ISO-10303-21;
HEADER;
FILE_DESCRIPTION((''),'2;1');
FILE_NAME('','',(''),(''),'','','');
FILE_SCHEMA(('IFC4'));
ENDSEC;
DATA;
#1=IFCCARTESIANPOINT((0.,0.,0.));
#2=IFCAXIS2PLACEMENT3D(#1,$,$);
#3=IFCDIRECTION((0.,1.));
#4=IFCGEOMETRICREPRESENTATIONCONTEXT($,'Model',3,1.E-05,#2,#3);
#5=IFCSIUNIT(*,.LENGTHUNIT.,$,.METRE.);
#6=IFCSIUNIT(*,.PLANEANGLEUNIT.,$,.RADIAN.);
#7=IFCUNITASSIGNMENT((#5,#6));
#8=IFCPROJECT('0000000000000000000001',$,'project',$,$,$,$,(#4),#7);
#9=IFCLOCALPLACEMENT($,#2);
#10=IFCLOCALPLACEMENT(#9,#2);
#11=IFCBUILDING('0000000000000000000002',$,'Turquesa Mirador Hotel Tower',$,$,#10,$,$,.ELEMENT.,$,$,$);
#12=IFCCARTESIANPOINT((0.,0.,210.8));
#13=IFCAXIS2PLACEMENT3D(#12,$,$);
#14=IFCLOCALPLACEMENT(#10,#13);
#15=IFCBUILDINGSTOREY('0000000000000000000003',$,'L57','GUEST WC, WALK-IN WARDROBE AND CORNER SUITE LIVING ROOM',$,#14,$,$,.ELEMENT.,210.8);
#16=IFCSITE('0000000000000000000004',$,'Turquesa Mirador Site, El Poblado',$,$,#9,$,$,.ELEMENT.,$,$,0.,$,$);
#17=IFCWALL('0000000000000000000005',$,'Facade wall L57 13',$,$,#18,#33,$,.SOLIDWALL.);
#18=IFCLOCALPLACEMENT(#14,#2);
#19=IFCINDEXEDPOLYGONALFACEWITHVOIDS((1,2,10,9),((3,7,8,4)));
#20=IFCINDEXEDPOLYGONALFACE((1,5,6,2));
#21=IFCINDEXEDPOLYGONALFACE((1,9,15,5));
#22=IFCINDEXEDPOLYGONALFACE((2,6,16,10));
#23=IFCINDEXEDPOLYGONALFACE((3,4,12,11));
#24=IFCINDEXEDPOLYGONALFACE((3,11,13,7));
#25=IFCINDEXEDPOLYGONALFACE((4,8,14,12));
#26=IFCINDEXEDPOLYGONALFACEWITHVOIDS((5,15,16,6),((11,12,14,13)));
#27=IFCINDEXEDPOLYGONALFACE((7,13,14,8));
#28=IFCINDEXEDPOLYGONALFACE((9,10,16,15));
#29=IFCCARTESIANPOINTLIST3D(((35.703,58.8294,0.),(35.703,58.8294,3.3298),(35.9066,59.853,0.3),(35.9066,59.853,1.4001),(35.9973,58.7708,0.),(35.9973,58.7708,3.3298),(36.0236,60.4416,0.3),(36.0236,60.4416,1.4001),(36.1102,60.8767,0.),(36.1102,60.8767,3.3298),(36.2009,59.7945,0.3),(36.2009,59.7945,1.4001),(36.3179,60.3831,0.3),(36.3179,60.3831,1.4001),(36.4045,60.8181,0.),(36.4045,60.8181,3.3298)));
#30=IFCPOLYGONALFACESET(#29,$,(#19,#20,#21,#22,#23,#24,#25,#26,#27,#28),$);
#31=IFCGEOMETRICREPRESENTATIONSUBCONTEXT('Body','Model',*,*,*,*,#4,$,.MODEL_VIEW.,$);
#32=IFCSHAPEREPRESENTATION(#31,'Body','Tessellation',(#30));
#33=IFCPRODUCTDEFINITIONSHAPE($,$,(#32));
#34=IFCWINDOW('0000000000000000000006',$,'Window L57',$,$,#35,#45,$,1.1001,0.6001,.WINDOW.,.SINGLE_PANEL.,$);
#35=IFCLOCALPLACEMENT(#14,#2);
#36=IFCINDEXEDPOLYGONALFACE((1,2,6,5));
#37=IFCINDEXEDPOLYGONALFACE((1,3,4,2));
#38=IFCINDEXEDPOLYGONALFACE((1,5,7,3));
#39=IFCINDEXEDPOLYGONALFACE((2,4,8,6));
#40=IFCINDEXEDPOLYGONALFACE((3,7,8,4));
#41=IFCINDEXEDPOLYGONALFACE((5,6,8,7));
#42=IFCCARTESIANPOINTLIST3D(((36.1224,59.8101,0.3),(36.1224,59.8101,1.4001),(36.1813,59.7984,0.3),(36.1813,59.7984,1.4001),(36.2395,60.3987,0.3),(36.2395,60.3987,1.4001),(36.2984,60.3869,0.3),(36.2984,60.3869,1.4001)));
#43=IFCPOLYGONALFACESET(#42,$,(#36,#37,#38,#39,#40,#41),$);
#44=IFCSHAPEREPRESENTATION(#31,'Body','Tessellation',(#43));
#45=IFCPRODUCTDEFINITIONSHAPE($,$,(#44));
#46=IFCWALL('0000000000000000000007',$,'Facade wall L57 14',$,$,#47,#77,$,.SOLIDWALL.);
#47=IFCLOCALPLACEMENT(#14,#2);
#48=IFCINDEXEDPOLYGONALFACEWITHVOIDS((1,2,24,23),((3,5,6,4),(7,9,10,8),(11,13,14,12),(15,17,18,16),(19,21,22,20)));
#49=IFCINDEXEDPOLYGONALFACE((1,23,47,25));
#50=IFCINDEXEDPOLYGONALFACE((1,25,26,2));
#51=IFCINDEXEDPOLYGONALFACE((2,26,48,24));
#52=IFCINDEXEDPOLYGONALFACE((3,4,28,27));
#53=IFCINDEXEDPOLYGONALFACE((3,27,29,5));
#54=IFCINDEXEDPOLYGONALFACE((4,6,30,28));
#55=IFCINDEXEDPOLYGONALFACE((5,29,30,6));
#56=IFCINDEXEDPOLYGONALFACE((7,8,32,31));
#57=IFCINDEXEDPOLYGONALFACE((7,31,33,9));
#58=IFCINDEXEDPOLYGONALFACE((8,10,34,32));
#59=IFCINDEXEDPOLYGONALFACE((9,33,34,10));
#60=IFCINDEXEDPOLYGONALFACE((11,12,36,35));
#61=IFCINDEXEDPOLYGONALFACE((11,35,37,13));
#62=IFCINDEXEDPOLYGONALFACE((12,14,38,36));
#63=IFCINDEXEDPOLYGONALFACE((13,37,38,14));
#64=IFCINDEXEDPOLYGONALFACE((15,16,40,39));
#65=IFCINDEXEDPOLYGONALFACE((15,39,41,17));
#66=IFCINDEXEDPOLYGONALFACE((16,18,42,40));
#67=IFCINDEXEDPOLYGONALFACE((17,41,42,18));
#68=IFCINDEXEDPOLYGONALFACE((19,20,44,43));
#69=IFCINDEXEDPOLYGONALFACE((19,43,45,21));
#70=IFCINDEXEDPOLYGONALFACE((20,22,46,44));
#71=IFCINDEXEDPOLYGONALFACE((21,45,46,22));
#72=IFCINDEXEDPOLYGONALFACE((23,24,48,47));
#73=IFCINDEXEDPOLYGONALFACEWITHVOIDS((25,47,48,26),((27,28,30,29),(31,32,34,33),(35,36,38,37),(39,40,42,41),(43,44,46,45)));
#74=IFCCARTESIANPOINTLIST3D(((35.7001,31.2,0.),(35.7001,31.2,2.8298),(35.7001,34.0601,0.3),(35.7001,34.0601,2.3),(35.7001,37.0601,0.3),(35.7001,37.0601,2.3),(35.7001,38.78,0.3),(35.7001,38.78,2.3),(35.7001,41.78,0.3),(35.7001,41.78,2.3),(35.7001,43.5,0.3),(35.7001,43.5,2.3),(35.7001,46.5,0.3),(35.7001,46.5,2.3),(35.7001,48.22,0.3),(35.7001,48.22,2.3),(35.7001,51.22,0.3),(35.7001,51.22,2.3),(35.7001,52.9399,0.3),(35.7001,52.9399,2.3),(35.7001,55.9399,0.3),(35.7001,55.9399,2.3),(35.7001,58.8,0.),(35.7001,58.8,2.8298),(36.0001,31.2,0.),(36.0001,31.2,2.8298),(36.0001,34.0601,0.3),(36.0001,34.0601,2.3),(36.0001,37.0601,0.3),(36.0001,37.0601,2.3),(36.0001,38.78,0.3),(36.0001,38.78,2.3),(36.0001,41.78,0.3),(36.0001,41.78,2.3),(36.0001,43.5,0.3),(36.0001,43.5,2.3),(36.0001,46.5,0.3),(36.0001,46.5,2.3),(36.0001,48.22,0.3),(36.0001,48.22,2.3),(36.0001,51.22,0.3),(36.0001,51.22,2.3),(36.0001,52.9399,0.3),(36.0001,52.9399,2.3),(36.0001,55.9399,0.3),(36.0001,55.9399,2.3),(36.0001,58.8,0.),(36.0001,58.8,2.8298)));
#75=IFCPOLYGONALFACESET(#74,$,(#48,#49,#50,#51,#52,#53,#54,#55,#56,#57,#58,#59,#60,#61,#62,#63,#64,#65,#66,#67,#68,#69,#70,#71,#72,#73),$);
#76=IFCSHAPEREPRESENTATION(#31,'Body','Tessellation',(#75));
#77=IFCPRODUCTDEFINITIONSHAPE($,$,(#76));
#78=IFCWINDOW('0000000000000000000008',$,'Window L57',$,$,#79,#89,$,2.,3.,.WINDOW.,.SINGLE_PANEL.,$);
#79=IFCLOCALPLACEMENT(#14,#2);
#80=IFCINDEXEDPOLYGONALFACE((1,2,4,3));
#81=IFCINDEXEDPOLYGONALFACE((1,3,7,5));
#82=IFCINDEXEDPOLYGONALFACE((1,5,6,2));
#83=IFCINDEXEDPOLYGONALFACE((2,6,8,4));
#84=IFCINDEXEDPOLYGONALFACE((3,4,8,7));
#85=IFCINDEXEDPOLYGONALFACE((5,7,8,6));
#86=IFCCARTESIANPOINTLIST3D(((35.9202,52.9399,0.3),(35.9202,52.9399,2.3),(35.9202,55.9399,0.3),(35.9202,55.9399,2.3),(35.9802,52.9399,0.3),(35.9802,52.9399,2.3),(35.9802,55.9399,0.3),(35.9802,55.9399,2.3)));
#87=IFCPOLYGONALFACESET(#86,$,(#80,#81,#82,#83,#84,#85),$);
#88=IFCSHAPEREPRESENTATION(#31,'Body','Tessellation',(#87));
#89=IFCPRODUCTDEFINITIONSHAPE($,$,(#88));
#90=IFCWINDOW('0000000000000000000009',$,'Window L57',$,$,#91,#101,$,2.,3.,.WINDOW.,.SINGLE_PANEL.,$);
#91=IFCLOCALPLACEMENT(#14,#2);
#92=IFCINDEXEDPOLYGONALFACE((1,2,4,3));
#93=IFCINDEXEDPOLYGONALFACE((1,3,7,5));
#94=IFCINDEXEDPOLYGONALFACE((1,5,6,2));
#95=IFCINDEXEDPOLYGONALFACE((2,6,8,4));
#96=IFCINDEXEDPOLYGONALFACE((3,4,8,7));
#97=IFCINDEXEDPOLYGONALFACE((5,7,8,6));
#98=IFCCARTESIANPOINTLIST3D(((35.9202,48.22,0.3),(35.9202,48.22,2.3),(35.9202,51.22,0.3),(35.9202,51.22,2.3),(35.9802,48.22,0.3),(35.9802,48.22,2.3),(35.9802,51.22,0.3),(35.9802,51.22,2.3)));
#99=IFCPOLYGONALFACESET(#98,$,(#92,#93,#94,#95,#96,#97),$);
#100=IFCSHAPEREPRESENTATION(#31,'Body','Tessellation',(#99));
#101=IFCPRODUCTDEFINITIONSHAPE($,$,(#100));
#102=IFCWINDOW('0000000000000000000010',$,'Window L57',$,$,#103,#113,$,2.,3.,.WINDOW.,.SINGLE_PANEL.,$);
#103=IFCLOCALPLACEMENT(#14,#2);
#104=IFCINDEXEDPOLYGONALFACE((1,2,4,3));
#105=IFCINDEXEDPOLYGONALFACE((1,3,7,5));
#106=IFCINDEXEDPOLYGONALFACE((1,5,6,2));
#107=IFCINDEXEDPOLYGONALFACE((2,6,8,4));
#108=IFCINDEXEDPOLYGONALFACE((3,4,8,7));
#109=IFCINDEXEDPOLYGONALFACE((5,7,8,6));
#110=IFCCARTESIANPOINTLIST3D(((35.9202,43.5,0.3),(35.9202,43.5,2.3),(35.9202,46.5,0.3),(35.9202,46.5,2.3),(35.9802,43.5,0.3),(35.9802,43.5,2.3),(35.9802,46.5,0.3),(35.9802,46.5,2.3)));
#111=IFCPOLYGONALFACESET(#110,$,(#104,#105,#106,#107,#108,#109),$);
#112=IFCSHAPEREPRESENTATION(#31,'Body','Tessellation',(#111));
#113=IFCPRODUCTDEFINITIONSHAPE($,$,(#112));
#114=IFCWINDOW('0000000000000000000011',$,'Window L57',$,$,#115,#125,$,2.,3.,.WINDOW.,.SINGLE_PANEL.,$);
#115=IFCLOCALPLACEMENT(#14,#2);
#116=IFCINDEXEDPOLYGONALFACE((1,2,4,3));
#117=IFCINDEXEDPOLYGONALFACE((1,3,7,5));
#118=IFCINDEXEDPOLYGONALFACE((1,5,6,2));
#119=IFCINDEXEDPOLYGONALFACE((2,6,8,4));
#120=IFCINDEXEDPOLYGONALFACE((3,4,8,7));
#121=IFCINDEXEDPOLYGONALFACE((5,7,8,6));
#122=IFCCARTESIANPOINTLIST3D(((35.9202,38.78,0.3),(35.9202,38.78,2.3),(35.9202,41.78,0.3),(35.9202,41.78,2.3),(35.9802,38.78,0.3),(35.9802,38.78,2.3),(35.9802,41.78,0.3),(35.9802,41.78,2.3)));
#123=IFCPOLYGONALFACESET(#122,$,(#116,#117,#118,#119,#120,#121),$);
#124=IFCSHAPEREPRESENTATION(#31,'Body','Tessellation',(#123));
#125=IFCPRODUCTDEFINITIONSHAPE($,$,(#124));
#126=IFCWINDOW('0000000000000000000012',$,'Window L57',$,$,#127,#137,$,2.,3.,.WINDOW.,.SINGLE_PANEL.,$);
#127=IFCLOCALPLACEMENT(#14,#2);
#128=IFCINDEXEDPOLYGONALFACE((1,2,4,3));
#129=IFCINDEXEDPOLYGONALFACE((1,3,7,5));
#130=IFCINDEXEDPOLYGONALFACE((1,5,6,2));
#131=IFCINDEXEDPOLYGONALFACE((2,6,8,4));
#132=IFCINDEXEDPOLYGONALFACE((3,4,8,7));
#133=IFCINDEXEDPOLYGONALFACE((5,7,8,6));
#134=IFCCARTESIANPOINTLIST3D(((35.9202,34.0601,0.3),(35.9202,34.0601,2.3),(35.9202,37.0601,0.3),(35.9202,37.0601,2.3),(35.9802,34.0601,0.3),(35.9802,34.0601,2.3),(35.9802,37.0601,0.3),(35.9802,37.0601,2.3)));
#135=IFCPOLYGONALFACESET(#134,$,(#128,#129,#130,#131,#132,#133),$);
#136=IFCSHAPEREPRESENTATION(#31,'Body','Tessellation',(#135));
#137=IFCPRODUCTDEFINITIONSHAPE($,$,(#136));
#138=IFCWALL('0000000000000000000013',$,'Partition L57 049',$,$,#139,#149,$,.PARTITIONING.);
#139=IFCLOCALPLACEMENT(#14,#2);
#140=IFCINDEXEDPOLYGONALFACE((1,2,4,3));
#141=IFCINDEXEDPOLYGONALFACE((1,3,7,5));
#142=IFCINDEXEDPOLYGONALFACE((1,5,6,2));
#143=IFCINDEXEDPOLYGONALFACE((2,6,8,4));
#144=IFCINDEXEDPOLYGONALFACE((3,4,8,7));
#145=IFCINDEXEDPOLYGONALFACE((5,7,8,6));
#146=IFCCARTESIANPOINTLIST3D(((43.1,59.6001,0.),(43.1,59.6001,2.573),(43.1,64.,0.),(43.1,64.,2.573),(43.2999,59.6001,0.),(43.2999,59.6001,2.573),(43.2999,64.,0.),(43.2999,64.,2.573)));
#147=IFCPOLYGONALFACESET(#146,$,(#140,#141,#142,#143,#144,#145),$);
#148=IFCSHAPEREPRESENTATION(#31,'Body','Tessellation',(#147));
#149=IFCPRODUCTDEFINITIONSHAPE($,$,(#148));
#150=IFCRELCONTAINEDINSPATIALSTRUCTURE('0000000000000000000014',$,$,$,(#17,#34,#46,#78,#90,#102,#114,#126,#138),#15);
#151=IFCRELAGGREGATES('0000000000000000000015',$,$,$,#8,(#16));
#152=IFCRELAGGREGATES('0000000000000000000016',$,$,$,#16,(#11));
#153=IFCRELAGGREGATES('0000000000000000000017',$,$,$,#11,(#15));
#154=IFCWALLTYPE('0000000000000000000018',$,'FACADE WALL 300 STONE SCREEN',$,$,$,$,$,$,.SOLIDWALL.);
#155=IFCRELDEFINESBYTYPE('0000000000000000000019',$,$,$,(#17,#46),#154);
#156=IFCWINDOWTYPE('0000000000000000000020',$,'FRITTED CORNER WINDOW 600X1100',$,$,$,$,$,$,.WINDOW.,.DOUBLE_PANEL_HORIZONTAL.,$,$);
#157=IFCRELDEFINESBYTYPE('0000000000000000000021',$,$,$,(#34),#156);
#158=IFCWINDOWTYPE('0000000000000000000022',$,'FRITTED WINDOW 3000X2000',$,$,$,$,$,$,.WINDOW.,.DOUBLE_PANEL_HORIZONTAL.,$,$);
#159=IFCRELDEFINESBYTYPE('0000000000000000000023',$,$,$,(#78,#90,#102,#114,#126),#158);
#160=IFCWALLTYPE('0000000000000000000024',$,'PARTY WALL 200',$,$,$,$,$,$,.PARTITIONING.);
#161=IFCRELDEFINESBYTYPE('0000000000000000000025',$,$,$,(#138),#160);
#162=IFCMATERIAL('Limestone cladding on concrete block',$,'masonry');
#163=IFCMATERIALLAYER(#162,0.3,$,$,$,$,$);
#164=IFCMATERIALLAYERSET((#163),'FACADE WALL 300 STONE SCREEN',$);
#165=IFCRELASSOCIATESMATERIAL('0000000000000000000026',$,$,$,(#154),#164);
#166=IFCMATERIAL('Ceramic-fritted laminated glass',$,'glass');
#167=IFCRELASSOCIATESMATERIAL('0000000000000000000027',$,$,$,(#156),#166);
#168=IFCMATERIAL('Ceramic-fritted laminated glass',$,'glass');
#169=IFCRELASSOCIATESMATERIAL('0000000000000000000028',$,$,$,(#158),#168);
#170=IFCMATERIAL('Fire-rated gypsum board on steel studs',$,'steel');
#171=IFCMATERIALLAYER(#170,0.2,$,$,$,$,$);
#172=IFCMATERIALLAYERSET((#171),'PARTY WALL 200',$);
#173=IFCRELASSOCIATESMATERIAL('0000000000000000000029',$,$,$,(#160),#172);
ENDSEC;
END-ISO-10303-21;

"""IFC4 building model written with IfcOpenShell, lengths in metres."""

from ifc_helpers import new_model, si_unit, direction, frame, frame_2d, origin, place, context, subcontext, project, spatial, rectangle, extrude, material, layer, layer_set, type_object, element, fill, save


model = new_model("IFC4")

# Units and contexts
model_context = context("Model", 3, precision=1e-05, world=origin(), true_north=direction((0.0, 1.0)))
body_context = subcontext(model_context, "Body", "Model", "MODEL_VIEW")
ifc_project = project(units=[si_unit("LENGTHUNIT", "METRE"), si_unit("PLANEANGLEUNIT", "RADIAN")], contexts=[model_context])

# Site, building, storey
site_placement = place(None, origin())
site = spatial("IfcSite", under=ifc_project, at=site_placement, Name="Turquesa Mirador Site, El Poblado", CompositionType="ELEMENT", RefElevation=0.0)
building_placement = place(site_placement, origin())
building = spatial("IfcBuilding", under=site, at=building_placement, Name="Turquesa Mirador Hotel Tower", CompositionType="ELEMENT")
storey_placement = place(building_placement, frame((0.0, 0.0, 210.8)))
storey = spatial("IfcBuildingStorey", under=building, at=storey_placement, Name="L57", Description="GUEST WC, WALK-IN WARDROBE AND CORNER SUITE LIVING ROOM", CompositionType="ELEMENT", Elevation=210.8)

# Wall, opening, window
ifc_material_1 = material(Name="Limestone cladding on concrete block", Category="masonry")
ifc_layer_1 = layer(ifc_material_1, 0.3)
ifc_layer_set_1 = layer_set([ifc_layer_1], Name="FACADE WALL 300 STONE SCREEN")
wall_type_1 = type_object("IfcWallType", Name="FACADE WALL 300 STONE SCREEN", PredefinedType="SOLIDWALL", material=ifc_layer_set_1)
ifc_material_2 = material(Name="Ceramic-fritted laminated glass", Category="glass")
window_type_1 = type_object("IfcWindowType", Name="FRITTED CORNER WINDOW 600X1100", PartitioningType="DOUBLE_PANEL_HORIZONTAL", PredefinedType="WINDOW", material=ifc_material_2)
wall_1_placement = place(storey_placement, frame((36.2573, 60.8474, 0.0), z_axis=(0.0, 0.0, 1.0), x_axis=(-0.195081, -0.980787, 0.0)))
wall_1 = element("IfcWall", 1, at=wall_1_placement, inside=storey, type_object=wall_type_1, Name="Facade wall L57 13", PredefinedType="SOLIDWALL", context=body_context, shape_type="SweptSolid", body=[
    extrude(rectangle(XDim=2.0874, YDim=0.3, at=frame_2d((1.0437, 0.0))), origin(), (0.0, 0.0, 1.0), 3.3298),
])
opening_1_placement = place(wall_1_placement, frame((0.4436, 0.0, 0.3)))
opening_1 = element("IfcOpeningElement", 2, at=opening_1_placement, cuts=wall_1, PredefinedType="OPENING", context=body_context, shape_type="SweptSolid", body=[
    extrude(rectangle(XDim=0.6001, YDim=1.1001, at=frame_2d((0.3, 0.55))), frame((0.0, 0.1599, 0.0), z_axis=(0.0, -1.0, 0.0), x_axis=(1.0, 0.0, 0.0)), (0.0, 0.0, 1.0), 0.3201),
])
window_1_placement = place(opening_1_placement, origin())
window_1 = element("IfcWindow", 3, at=window_1_placement, inside=storey, type_object=window_type_1, Name="Window L57", OverallHeight=1.1001, OverallWidth=0.6001, PartitioningType="SINGLE_PANEL", PredefinedType="WINDOW", context=body_context, shape_type="SweptSolid", body=[
    extrude(rectangle(XDim=0.6001, YDim=1.1001, at=frame_2d((0.3, 0.55))), frame((0.0, 0.1301, 0.0), z_axis=(0.0, -1.0, 0.0), x_axis=(1.0, 0.0, 0.0)), (0.0, 0.0, 1.0), 0.0601),
])
fill(opening_1, window_1)

# Wall, openings, windows
wall_2_placement = place(storey_placement, frame((35.8501, 58.8, 0.0), z_axis=(0.0, 0.0, 1.0), x_axis=(0.0, -1.0, 0.0)))
wall_2 = element("IfcWall", 4, at=wall_2_placement, inside=storey, type_object=wall_type_1, Name="Facade wall L57 14", PredefinedType="SOLIDWALL", context=body_context, shape_type="SweptSolid", body=[
    extrude(rectangle(XDim=27.6001, YDim=0.3, at=frame_2d((13.8, 0.0))), origin(), (0.0, 0.0, 1.0), 2.8298),
])
opening_2_placement = place(wall_2_placement, frame((2.8601, 0.0, 0.3)))
opening_2 = element("IfcOpeningElement", 5, at=opening_2_placement, cuts=wall_2, PredefinedType="OPENING", context=body_context, shape_type="SweptSolid", body=[
    extrude(rectangle(XDim=3.0, YDim=2.0, at=frame_2d((1.5, 1.0))), frame((0.0, 0.1599, 0.0), z_axis=(0.0, -1.0, 0.0), x_axis=(1.0, 0.0, 0.0)), (0.0, 0.0, 1.0), 0.3201),
])
opening_3_placement = place(wall_2_placement, frame((7.5801, 0.0, 0.3)))
opening_3 = element("IfcOpeningElement", 6, at=opening_3_placement, cuts=wall_2, PredefinedType="OPENING", context=body_context, shape_type="SweptSolid", body=[
    extrude(rectangle(XDim=3.0, YDim=2.0, at=frame_2d((1.5, 1.0))), frame((0.0, 0.1599, 0.0), z_axis=(0.0, -1.0, 0.0), x_axis=(1.0, 0.0, 0.0)), (0.0, 0.0, 1.0), 0.3201),
])
opening_4_placement = place(wall_2_placement, frame((12.3, 0.0, 0.3)))
opening_4 = element("IfcOpeningElement", 7, at=opening_4_placement, cuts=wall_2, PredefinedType="OPENING", context=body_context, shape_type="SweptSolid", body=[
    extrude(rectangle(XDim=3.0, YDim=2.0, at=frame_2d((1.5, 1.0))), frame((0.0, 0.1599, 0.0), z_axis=(0.0, -1.0, 0.0), x_axis=(1.0, 0.0, 0.0)), (0.0, 0.0, 1.0), 0.3201),
])
opening_5_placement = place(wall_2_placement, frame((17.02, 0.0, 0.3)))
opening_5 = element("IfcOpeningElement", 8, at=opening_5_placement, cuts=wall_2, PredefinedType="OPENING", context=body_context, shape_type="SweptSolid", body=[
    extrude(rectangle(XDim=3.0, YDim=2.0, at=frame_2d((1.5, 1.0))), frame((0.0, 0.1599, 0.0), z_axis=(0.0, -1.0, 0.0), x_axis=(1.0, 0.0, 0.0)), (0.0, 0.0, 1.0), 0.3201),
])
opening_6_placement = place(wall_2_placement, frame((21.74, 0.0, 0.3)))
opening_6 = element("IfcOpeningElement", 9, at=opening_6_placement, cuts=wall_2, PredefinedType="OPENING", context=body_context, shape_type="SweptSolid", body=[
    extrude(rectangle(XDim=3.0, YDim=2.0, at=frame_2d((1.5, 1.0))), frame((0.0, 0.1599, 0.0), z_axis=(0.0, -1.0, 0.0), x_axis=(1.0, 0.0, 0.0)), (0.0, 0.0, 1.0), 0.3201),
])
ifc_material_3 = material(Name="Ceramic-fritted laminated glass", Category="glass")
window_type_2 = type_object("IfcWindowType", Name="FRITTED WINDOW 3000X2000", PartitioningType="DOUBLE_PANEL_HORIZONTAL", PredefinedType="WINDOW", material=ifc_material_3)
window_2_placement = place(opening_2_placement, origin())
window_2 = element("IfcWindow", 10, at=window_2_placement, inside=storey, type_object=window_type_2, Name="Window L57", OverallHeight=2.0, OverallWidth=3.0, PartitioningType="SINGLE_PANEL", PredefinedType="WINDOW", context=body_context, shape_type="SweptSolid", body=[
    extrude(rectangle(XDim=3.0, YDim=2.0, at=frame_2d((1.5, 1.0))), frame((0.0, 0.1301, 0.0), z_axis=(0.0, -1.0, 0.0), x_axis=(1.0, 0.0, 0.0)), (0.0, 0.0, 1.0), 0.0601),
])
fill(opening_2, window_2)
window_3_placement = place(opening_3_placement, origin())
window_3 = element("IfcWindow", 11, at=window_3_placement, inside=storey, type_object=window_type_2, Name="Window L57", OverallHeight=2.0, OverallWidth=3.0, PartitioningType="SINGLE_PANEL", PredefinedType="WINDOW", context=body_context, shape_type="SweptSolid", body=[
    extrude(rectangle(XDim=3.0, YDim=2.0, at=frame_2d((1.5, 1.0))), frame((0.0, 0.1301, 0.0), z_axis=(0.0, -1.0, 0.0), x_axis=(1.0, 0.0, 0.0)), (0.0, 0.0, 1.0), 0.0601),
])
fill(opening_3, window_3)
window_4_placement = place(opening_4_placement, origin())
window_4 = element("IfcWindow", 12, at=window_4_placement, inside=storey, type_object=window_type_2, Name="Window L57", OverallHeight=2.0, OverallWidth=3.0, PartitioningType="SINGLE_PANEL", PredefinedType="WINDOW", context=body_context, shape_type="SweptSolid", body=[
    extrude(rectangle(XDim=3.0, YDim=2.0, at=frame_2d((1.5, 1.0))), frame((0.0, 0.1301, 0.0), z_axis=(0.0, -1.0, 0.0), x_axis=(1.0, 0.0, 0.0)), (0.0, 0.0, 1.0), 0.0601),
])
fill(opening_4, window_4)
window_5_placement = place(opening_5_placement, origin())
window_5 = element("IfcWindow", 13, at=window_5_placement, inside=storey, type_object=window_type_2, Name="Window L57", OverallHeight=2.0, OverallWidth=3.0, PartitioningType="SINGLE_PANEL", PredefinedType="WINDOW", context=body_context, shape_type="SweptSolid", body=[
    extrude(rectangle(XDim=3.0, YDim=2.0, at=frame_2d((1.5, 1.0))), frame((0.0, 0.1301, 0.0), z_axis=(0.0, -1.0, 0.0), x_axis=(1.0, 0.0, 0.0)), (0.0, 0.0, 1.0), 0.0601),
])
fill(opening_5, window_5)
window_6_placement = place(opening_6_placement, origin())
window_6 = element("IfcWindow", 14, at=window_6_placement, inside=storey, type_object=window_type_2, Name="Window L57", OverallHeight=2.0, OverallWidth=3.0, PartitioningType="SINGLE_PANEL", PredefinedType="WINDOW", context=body_context, shape_type="SweptSolid", body=[
    extrude(rectangle(XDim=3.0, YDim=2.0, at=frame_2d((1.5, 1.0))), frame((0.0, 0.1301, 0.0), z_axis=(0.0, -1.0, 0.0), x_axis=(1.0, 0.0, 0.0)), (0.0, 0.0, 1.0), 0.0601),
])
fill(opening_6, window_6)

# Wall
ifc_material_4 = material(Name="Fire-rated gypsum board on steel studs", Category="steel")
ifc_layer_2 = layer(ifc_material_4, 0.2)
ifc_layer_set_2 = layer_set([ifc_layer_2], Name="PARTY WALL 200")
wall_type_2 = type_object("IfcWallType", Name="PARTY WALL 200", PredefinedType="PARTITIONING", material=ifc_layer_set_2)
wall_3_placement = place(storey_placement, frame((43.2, 59.6001, 0.0), z_axis=(0.0, 0.0, 1.0), x_axis=(0.0, 1.0, 0.0)))
element("IfcWall", 15, at=wall_3_placement, inside=storey, type_object=wall_type_2, Name="Partition L57 049", PredefinedType="PARTITIONING", context=body_context, shape_type="SweptSolid", body=[
    extrude(rectangle(XDim=4.3999, YDim=0.2, at=frame_2d((2.2, 0.0))), origin(), (0.0, 0.0, 1.0), 2.573),
])

save(model, "model.ifc")
